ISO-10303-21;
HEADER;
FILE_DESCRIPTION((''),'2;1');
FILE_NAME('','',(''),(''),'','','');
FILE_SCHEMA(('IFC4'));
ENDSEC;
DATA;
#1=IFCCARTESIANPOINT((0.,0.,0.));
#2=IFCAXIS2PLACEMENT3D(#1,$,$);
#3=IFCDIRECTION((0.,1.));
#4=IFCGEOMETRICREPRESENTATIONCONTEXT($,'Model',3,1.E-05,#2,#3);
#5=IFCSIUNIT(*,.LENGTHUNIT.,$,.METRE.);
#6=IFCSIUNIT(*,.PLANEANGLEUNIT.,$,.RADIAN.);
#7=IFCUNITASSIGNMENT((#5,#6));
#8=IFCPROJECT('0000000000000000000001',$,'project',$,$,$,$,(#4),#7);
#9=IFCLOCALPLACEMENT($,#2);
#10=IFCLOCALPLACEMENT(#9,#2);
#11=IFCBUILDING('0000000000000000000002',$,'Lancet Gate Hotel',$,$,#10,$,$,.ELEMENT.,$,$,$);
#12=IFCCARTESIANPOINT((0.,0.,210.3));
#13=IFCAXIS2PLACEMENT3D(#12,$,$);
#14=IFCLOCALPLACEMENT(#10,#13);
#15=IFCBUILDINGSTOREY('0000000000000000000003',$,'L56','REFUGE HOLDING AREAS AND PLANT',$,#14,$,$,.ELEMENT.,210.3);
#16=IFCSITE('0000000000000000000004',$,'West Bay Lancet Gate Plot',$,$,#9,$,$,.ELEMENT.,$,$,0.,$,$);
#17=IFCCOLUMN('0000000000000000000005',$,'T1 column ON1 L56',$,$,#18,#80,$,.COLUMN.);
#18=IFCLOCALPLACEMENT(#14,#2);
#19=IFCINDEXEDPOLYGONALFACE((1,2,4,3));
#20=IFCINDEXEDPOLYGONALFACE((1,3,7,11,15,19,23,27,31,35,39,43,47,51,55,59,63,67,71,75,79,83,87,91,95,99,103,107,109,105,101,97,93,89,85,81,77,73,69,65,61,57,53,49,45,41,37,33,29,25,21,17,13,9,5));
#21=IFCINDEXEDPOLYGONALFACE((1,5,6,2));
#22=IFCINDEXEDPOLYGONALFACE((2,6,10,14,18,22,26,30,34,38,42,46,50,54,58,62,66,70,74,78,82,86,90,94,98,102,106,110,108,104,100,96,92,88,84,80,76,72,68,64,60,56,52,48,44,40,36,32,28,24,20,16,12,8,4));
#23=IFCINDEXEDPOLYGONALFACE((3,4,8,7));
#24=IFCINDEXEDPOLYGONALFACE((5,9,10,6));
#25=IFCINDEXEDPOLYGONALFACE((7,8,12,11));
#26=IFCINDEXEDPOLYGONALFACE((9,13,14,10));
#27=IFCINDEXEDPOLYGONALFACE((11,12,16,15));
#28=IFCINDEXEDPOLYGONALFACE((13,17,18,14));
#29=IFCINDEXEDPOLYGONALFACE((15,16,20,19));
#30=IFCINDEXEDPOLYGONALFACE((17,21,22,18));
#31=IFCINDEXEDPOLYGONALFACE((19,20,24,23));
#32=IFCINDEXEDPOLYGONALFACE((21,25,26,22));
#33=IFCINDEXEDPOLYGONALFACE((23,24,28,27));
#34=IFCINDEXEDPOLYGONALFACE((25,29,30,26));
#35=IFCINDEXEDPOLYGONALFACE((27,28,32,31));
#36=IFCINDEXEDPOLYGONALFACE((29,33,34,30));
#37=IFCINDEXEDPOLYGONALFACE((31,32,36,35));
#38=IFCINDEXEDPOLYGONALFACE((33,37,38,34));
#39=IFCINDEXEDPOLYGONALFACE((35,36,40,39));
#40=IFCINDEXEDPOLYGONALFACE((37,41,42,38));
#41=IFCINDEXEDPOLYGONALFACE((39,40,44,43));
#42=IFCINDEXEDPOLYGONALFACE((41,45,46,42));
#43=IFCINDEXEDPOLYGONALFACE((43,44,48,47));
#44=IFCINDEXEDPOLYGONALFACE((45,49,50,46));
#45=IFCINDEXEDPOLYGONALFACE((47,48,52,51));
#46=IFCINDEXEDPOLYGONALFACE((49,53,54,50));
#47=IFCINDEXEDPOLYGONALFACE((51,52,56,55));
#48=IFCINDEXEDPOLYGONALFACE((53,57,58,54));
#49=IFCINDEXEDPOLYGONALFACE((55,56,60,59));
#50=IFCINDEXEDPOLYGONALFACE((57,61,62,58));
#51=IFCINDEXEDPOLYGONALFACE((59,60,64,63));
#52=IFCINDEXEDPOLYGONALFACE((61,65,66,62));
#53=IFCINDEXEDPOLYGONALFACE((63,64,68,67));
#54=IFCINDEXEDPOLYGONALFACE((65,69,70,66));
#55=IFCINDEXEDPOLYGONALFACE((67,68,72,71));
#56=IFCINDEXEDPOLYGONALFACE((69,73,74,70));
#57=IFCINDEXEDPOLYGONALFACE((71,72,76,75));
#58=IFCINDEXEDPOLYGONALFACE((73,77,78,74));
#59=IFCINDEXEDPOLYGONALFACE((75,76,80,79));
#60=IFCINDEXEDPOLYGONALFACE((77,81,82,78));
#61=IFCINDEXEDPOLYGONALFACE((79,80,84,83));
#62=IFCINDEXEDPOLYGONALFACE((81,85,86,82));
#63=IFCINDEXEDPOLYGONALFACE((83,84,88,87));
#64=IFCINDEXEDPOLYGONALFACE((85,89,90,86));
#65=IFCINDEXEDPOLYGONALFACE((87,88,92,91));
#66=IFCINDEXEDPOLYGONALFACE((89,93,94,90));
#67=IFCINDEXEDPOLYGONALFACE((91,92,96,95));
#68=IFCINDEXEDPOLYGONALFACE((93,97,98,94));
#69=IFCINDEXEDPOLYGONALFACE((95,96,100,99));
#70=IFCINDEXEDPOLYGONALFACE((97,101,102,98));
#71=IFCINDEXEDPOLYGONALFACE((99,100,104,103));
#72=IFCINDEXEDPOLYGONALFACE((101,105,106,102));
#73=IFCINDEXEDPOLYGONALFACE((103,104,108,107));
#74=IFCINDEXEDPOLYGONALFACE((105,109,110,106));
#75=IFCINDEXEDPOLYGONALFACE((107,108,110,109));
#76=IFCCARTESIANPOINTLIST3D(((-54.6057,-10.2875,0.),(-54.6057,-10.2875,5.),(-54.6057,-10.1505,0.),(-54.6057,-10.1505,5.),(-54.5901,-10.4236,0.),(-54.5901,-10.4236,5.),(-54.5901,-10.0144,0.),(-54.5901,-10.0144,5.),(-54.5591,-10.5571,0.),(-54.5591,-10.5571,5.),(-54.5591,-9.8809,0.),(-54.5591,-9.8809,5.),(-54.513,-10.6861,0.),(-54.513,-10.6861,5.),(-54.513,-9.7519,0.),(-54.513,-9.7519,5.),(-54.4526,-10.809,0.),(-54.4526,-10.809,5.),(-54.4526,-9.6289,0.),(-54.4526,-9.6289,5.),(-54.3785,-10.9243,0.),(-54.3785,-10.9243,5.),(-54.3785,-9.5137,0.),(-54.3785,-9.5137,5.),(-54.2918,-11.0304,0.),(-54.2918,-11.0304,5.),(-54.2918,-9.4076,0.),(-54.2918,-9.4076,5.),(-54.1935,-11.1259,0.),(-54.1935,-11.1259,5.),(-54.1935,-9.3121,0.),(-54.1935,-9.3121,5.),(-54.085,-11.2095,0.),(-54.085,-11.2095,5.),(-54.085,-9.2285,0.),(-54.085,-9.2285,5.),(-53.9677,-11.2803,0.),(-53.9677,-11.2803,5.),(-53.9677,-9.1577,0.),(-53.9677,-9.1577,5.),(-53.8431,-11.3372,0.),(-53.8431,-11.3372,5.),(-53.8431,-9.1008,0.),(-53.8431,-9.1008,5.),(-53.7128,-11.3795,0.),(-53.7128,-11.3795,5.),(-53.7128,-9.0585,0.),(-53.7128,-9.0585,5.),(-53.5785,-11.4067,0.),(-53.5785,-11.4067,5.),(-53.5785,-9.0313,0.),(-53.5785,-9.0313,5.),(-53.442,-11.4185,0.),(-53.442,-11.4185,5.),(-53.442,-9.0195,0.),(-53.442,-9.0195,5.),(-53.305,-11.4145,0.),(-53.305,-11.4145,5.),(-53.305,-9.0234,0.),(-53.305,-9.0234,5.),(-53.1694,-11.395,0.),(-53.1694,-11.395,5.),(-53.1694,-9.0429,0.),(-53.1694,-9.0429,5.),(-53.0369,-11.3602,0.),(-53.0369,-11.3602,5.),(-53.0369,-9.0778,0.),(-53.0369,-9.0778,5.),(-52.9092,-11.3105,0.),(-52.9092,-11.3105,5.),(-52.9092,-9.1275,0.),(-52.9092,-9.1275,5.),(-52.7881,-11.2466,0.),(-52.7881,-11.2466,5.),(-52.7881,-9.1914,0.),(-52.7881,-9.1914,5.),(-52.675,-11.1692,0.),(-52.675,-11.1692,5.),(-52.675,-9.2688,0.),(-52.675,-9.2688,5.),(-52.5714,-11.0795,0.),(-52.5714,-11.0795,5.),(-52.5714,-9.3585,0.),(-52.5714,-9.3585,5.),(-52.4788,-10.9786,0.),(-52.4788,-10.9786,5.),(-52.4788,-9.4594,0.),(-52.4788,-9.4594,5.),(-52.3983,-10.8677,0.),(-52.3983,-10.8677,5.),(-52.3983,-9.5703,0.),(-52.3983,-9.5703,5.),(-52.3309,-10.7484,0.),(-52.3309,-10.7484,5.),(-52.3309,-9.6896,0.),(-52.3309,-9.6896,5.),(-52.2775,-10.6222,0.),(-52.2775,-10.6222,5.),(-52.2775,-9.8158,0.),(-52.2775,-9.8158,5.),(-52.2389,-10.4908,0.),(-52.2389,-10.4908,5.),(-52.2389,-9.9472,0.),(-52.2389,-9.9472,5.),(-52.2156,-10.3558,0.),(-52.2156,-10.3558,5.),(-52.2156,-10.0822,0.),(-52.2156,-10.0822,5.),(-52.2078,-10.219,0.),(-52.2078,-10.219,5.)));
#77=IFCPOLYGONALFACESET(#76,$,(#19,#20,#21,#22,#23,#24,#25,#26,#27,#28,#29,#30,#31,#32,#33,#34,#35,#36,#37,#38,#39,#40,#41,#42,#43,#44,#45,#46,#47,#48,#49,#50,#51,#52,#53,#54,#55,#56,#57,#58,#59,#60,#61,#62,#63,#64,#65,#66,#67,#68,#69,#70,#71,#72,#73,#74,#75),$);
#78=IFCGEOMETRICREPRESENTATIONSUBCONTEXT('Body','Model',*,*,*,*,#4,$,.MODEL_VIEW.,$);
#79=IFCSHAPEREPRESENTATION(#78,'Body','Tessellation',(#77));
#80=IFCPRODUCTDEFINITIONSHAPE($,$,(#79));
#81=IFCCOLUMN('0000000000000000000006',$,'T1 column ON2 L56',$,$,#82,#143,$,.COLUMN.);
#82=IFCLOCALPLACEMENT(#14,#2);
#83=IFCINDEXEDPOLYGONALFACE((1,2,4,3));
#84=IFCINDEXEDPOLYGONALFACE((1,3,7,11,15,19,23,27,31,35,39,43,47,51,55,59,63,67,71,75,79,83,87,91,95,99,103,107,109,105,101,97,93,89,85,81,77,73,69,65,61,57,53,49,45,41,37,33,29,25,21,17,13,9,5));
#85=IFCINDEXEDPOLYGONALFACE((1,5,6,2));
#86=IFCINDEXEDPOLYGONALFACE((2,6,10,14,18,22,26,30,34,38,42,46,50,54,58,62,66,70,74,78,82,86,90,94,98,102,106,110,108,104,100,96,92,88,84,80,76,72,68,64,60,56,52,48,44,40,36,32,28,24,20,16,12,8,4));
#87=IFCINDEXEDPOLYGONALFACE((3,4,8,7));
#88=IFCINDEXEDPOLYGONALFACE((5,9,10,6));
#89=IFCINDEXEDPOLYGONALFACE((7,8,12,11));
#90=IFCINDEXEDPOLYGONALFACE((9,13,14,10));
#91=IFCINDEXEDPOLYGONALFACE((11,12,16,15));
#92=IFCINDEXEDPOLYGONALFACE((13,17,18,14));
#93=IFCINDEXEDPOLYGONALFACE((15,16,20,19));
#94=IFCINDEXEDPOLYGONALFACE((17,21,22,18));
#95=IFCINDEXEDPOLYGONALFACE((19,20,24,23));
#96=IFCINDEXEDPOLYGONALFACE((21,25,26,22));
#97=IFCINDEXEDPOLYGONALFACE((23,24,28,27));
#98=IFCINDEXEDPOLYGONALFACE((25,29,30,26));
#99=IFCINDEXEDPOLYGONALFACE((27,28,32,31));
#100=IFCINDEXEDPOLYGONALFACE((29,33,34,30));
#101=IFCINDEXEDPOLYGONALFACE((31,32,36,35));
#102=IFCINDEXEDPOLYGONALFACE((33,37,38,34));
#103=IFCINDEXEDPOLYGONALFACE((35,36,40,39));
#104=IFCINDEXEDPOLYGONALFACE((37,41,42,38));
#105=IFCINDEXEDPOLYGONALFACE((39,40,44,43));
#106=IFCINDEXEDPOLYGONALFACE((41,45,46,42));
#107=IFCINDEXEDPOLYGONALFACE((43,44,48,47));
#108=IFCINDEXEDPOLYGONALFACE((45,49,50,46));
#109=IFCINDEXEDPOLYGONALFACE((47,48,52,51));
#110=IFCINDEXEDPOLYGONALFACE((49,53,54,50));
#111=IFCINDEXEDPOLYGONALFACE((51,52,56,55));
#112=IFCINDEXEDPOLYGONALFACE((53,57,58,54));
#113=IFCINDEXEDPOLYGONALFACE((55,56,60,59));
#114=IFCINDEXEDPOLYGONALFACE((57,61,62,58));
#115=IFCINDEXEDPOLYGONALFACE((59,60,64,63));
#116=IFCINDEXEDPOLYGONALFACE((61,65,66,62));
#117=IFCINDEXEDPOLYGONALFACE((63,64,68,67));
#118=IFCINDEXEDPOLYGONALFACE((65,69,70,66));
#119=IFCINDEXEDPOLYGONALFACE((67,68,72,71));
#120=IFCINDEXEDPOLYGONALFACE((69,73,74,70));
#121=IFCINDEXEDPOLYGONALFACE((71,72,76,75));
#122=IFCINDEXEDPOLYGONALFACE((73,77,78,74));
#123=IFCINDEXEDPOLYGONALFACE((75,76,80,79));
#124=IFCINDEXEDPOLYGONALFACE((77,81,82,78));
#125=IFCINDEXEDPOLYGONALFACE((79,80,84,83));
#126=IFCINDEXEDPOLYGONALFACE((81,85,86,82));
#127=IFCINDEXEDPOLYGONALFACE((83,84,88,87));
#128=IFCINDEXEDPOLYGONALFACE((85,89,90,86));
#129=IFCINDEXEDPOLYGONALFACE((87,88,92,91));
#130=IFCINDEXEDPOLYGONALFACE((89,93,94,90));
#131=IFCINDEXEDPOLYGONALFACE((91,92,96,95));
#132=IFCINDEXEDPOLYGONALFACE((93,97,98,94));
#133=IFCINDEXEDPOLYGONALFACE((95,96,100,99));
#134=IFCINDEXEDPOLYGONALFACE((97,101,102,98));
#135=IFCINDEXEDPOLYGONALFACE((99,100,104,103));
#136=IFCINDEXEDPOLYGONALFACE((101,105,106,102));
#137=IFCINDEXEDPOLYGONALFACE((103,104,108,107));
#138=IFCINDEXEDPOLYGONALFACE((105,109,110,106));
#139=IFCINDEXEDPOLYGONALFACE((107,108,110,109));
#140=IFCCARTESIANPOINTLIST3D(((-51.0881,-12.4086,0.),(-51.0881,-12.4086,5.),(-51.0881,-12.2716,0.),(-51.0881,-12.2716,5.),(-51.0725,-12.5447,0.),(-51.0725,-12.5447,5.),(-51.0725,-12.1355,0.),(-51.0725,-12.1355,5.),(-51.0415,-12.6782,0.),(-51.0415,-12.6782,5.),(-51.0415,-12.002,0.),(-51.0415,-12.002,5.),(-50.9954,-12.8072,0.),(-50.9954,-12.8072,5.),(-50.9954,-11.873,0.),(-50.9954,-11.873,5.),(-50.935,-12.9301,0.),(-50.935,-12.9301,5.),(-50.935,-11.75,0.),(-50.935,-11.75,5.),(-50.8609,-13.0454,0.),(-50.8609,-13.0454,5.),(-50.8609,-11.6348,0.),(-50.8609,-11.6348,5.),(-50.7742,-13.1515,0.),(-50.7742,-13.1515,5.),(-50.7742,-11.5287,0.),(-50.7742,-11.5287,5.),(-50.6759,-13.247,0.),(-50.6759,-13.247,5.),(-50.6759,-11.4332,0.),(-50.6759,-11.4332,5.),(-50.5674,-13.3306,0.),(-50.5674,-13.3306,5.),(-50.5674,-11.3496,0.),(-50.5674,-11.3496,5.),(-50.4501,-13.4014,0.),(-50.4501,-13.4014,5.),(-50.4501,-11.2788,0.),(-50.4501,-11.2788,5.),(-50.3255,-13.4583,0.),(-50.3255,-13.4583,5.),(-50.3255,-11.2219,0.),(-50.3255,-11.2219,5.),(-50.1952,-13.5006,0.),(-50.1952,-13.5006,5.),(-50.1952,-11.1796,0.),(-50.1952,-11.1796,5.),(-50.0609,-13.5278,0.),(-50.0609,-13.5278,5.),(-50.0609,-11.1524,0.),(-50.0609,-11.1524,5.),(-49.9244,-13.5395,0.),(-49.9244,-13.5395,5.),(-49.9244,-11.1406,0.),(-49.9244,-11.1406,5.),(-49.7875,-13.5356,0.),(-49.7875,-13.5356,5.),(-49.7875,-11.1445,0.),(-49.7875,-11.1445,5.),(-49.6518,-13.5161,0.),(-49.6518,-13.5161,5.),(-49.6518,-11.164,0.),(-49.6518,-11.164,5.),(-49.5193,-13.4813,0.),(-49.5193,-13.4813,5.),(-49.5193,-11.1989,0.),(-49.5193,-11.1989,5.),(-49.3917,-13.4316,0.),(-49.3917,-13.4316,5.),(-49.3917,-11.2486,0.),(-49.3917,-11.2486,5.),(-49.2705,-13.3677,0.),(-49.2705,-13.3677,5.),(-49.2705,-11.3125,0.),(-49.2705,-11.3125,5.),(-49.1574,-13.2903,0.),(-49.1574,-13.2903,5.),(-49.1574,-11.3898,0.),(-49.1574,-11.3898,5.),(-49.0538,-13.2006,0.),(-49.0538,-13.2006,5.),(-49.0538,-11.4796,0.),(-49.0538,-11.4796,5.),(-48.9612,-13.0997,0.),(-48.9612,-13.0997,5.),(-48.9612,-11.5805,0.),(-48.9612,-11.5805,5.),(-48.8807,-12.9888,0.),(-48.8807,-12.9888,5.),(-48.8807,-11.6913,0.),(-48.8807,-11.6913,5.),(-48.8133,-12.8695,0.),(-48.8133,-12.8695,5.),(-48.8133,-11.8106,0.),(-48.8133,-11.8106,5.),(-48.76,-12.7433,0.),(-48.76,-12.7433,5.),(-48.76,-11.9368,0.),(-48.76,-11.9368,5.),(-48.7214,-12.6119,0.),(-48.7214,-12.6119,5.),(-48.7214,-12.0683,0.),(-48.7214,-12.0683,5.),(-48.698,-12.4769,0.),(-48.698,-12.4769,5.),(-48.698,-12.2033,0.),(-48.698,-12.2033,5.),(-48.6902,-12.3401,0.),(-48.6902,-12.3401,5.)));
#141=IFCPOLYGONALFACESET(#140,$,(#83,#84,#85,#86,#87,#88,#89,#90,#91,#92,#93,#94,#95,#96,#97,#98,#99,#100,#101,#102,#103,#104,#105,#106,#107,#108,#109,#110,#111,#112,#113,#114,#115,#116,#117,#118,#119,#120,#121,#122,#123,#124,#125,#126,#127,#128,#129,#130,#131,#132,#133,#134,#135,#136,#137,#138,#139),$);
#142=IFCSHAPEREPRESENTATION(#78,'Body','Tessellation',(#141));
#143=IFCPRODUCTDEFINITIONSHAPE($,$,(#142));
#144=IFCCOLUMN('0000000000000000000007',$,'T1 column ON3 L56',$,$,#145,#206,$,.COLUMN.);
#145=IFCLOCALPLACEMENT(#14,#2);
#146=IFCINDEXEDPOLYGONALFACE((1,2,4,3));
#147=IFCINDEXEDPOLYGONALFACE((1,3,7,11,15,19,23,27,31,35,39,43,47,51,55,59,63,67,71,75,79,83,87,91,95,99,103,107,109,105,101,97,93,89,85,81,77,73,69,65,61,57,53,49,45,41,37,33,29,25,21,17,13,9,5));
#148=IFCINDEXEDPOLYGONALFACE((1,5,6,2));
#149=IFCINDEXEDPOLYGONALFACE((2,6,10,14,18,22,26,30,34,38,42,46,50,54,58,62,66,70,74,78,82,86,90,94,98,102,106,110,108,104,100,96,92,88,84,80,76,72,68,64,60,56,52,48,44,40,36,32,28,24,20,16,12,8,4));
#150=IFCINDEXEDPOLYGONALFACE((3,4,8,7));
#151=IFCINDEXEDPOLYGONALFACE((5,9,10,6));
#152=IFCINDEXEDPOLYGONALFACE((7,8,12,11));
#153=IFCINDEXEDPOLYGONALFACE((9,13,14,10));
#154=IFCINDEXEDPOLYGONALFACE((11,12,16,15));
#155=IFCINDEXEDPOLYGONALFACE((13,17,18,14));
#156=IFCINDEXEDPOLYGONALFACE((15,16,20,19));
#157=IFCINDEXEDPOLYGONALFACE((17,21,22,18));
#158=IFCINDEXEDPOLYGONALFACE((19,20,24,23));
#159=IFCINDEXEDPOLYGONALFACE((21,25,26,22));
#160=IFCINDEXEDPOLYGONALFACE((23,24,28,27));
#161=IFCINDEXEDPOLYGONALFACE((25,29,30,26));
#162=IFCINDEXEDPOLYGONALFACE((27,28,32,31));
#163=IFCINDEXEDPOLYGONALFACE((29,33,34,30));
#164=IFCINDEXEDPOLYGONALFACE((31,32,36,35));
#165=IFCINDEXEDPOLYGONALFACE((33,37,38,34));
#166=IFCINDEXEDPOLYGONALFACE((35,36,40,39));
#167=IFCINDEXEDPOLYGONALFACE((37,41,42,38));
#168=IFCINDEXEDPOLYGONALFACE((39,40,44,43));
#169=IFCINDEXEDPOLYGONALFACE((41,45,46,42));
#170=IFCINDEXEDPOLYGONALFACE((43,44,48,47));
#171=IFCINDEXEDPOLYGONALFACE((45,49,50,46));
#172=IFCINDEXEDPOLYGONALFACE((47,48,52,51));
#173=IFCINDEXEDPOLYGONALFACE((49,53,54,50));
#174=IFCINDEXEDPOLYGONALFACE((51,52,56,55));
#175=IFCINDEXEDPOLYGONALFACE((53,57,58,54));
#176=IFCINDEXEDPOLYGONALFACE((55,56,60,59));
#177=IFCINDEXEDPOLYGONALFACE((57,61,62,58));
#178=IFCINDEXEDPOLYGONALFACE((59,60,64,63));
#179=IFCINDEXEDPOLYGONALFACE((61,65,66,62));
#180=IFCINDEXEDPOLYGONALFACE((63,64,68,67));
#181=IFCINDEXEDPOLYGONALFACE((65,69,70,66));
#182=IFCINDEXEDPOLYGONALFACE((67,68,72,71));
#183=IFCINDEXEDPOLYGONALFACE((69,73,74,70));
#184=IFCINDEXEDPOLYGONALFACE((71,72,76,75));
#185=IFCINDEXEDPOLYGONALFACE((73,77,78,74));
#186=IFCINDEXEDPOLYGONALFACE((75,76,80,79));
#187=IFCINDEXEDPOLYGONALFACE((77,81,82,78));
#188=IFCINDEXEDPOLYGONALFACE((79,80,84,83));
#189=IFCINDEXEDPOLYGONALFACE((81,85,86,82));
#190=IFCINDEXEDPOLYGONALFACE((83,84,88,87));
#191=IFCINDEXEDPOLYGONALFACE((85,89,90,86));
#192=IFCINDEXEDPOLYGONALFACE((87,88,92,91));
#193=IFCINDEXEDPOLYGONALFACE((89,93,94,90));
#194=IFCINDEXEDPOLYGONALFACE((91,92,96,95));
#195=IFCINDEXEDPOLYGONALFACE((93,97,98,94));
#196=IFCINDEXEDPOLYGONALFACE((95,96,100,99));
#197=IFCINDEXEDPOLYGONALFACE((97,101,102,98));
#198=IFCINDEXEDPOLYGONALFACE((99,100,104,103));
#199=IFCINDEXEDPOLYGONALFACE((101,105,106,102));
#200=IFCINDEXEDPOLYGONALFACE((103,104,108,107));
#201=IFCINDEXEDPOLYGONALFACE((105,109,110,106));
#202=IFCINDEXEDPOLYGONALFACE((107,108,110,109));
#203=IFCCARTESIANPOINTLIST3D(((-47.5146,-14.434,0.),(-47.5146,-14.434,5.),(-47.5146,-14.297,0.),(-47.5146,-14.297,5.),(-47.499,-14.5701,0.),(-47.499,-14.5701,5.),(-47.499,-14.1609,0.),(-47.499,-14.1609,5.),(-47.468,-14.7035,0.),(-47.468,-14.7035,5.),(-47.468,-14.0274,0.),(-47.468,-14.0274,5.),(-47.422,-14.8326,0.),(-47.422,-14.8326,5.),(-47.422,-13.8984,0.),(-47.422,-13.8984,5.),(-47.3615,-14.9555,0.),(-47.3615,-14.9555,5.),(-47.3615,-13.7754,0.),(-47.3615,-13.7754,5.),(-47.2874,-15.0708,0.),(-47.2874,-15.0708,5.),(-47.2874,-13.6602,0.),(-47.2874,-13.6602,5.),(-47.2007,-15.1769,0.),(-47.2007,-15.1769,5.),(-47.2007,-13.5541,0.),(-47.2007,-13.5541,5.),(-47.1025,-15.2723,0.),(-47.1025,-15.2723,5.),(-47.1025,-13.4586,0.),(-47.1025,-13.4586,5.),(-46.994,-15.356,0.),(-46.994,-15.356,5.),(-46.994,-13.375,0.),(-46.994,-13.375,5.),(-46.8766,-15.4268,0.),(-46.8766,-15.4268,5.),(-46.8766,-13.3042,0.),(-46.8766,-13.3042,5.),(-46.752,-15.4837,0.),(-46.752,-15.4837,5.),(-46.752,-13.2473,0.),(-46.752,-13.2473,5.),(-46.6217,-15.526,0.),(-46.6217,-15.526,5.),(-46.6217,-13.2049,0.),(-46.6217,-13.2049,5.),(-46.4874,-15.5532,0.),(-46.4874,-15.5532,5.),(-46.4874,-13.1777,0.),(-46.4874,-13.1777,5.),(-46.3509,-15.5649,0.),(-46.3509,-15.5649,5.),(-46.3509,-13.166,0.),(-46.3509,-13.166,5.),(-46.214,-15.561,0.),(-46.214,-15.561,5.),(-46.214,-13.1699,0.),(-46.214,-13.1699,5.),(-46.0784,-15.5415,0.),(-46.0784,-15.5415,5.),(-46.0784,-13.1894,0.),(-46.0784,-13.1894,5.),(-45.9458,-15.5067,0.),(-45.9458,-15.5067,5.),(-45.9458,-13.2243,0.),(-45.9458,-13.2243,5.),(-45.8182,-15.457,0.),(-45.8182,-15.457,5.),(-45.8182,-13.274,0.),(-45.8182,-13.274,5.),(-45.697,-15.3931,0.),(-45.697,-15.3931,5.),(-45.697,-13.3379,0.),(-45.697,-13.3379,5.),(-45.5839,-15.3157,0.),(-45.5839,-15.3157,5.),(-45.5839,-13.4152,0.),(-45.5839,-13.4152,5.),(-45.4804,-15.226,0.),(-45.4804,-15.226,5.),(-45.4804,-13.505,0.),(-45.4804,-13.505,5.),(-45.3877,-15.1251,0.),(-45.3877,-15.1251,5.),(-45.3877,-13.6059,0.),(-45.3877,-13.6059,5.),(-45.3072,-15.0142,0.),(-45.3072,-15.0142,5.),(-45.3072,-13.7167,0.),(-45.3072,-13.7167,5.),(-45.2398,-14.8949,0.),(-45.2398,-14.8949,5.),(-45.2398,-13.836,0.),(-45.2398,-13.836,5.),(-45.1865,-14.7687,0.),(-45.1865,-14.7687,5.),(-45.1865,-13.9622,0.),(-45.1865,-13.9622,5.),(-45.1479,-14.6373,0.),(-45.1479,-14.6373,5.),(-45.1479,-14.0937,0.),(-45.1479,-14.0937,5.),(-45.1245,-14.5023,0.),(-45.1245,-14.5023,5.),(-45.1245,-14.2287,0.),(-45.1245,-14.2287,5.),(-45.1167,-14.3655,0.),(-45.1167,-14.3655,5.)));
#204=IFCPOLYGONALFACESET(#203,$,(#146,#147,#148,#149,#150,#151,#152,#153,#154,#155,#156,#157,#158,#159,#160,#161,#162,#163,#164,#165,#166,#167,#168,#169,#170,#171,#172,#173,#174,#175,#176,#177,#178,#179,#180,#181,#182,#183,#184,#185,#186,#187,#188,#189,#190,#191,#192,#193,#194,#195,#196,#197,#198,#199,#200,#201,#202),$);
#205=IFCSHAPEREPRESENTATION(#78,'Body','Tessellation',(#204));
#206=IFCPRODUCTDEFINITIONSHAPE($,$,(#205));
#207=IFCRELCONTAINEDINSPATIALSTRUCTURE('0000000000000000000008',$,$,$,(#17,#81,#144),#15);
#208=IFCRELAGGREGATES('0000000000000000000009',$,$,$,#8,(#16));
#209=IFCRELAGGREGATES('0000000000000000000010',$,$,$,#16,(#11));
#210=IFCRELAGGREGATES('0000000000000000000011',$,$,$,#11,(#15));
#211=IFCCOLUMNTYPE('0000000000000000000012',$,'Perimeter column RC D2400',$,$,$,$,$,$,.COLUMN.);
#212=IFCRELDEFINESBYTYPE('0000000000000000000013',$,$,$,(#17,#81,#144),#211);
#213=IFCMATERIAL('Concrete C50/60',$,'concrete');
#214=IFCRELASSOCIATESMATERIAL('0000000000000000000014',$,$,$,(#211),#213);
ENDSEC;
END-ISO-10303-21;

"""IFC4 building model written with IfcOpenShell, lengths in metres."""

from ifc_helpers import new_model, si_unit, direction, frame, origin, origin_2d, place, context, subcontext, project, spatial, circle, extrude, material, material_profile, profile_set, type_object, element, save


model = new_model("IFC4")

# Units and contexts
model_context = context("Model", 3, precision=1e-05, world=origin(), true_north=direction((0.0, 1.0)))
body_context = subcontext(model_context, "Body", "Model", "MODEL_VIEW")
ifc_project = project(units=[si_unit("LENGTHUNIT", "METRE"), si_unit("PLANEANGLEUNIT", "RADIAN")], contexts=[model_context])

# Site, building, storey
site_placement = place(None, origin())
site = spatial("IfcSite", under=ifc_project, at=site_placement, Name="West Bay Lancet Gate Plot", CompositionType="ELEMENT", RefElevation=0.0)
building_placement = place(site_placement, origin())
building = spatial("IfcBuilding", under=site, at=building_placement, Name="Lancet Gate Hotel", CompositionType="ELEMENT")
storey_placement = place(building_placement, frame((0.0, 0.0, 210.3)))
storey = spatial("IfcBuildingStorey", under=building, at=storey_placement, Name="L56", Description="REFUGE HOLDING AREAS AND PLANT", CompositionType="ELEMENT", Elevation=210.3)

# Columns
ifc_material_1 = material(Name="Concrete C50/60", Category="concrete")
ifc_material_profile_1 = material_profile(ifc_material_1, circle(Radius=1.2, at=origin_2d()), Name="RC D2400")
ifc_profile_set_1 = profile_set([ifc_material_profile_1], Name="Concrete C50/60")
column_type = type_object("IfcColumnType", Name="Perimeter column RC D2400", PredefinedType="COLUMN", material=ifc_profile_set_1)
for number, where, z_axis, x_axis, name in (
    (1, (-53.4077, -10.219, 0.0), (0.0, 0.0, 1.0), (1.0, 0.0, 0.0), "T1 column ON1 L56"),
    (2, (-49.8901, -12.3401, 0.0), (0.0, 0.0, 1.0), (1.0, 0.0, 0.0), "T1 column ON2 L56"),
    (3, (-46.3167, -14.3655, 0.0), (0.0, 0.0, 1.0), (1.0, 0.0, 0.0), "T1 column ON3 L56"),
):
    element("IfcColumn", number, at=place(storey_placement, frame(where, z_axis=z_axis, x_axis=x_axis)), inside=storey, type_object=column_type, Name=name, PredefinedType="COLUMN", context=body_context, shape_type="SweptSolid", body=[
        extrude(circle(Radius=1.2, at=origin_2d()), origin(), (0.0, 0.0, 1.0), 5.0),
    ])

save(model, "model.ifc")
